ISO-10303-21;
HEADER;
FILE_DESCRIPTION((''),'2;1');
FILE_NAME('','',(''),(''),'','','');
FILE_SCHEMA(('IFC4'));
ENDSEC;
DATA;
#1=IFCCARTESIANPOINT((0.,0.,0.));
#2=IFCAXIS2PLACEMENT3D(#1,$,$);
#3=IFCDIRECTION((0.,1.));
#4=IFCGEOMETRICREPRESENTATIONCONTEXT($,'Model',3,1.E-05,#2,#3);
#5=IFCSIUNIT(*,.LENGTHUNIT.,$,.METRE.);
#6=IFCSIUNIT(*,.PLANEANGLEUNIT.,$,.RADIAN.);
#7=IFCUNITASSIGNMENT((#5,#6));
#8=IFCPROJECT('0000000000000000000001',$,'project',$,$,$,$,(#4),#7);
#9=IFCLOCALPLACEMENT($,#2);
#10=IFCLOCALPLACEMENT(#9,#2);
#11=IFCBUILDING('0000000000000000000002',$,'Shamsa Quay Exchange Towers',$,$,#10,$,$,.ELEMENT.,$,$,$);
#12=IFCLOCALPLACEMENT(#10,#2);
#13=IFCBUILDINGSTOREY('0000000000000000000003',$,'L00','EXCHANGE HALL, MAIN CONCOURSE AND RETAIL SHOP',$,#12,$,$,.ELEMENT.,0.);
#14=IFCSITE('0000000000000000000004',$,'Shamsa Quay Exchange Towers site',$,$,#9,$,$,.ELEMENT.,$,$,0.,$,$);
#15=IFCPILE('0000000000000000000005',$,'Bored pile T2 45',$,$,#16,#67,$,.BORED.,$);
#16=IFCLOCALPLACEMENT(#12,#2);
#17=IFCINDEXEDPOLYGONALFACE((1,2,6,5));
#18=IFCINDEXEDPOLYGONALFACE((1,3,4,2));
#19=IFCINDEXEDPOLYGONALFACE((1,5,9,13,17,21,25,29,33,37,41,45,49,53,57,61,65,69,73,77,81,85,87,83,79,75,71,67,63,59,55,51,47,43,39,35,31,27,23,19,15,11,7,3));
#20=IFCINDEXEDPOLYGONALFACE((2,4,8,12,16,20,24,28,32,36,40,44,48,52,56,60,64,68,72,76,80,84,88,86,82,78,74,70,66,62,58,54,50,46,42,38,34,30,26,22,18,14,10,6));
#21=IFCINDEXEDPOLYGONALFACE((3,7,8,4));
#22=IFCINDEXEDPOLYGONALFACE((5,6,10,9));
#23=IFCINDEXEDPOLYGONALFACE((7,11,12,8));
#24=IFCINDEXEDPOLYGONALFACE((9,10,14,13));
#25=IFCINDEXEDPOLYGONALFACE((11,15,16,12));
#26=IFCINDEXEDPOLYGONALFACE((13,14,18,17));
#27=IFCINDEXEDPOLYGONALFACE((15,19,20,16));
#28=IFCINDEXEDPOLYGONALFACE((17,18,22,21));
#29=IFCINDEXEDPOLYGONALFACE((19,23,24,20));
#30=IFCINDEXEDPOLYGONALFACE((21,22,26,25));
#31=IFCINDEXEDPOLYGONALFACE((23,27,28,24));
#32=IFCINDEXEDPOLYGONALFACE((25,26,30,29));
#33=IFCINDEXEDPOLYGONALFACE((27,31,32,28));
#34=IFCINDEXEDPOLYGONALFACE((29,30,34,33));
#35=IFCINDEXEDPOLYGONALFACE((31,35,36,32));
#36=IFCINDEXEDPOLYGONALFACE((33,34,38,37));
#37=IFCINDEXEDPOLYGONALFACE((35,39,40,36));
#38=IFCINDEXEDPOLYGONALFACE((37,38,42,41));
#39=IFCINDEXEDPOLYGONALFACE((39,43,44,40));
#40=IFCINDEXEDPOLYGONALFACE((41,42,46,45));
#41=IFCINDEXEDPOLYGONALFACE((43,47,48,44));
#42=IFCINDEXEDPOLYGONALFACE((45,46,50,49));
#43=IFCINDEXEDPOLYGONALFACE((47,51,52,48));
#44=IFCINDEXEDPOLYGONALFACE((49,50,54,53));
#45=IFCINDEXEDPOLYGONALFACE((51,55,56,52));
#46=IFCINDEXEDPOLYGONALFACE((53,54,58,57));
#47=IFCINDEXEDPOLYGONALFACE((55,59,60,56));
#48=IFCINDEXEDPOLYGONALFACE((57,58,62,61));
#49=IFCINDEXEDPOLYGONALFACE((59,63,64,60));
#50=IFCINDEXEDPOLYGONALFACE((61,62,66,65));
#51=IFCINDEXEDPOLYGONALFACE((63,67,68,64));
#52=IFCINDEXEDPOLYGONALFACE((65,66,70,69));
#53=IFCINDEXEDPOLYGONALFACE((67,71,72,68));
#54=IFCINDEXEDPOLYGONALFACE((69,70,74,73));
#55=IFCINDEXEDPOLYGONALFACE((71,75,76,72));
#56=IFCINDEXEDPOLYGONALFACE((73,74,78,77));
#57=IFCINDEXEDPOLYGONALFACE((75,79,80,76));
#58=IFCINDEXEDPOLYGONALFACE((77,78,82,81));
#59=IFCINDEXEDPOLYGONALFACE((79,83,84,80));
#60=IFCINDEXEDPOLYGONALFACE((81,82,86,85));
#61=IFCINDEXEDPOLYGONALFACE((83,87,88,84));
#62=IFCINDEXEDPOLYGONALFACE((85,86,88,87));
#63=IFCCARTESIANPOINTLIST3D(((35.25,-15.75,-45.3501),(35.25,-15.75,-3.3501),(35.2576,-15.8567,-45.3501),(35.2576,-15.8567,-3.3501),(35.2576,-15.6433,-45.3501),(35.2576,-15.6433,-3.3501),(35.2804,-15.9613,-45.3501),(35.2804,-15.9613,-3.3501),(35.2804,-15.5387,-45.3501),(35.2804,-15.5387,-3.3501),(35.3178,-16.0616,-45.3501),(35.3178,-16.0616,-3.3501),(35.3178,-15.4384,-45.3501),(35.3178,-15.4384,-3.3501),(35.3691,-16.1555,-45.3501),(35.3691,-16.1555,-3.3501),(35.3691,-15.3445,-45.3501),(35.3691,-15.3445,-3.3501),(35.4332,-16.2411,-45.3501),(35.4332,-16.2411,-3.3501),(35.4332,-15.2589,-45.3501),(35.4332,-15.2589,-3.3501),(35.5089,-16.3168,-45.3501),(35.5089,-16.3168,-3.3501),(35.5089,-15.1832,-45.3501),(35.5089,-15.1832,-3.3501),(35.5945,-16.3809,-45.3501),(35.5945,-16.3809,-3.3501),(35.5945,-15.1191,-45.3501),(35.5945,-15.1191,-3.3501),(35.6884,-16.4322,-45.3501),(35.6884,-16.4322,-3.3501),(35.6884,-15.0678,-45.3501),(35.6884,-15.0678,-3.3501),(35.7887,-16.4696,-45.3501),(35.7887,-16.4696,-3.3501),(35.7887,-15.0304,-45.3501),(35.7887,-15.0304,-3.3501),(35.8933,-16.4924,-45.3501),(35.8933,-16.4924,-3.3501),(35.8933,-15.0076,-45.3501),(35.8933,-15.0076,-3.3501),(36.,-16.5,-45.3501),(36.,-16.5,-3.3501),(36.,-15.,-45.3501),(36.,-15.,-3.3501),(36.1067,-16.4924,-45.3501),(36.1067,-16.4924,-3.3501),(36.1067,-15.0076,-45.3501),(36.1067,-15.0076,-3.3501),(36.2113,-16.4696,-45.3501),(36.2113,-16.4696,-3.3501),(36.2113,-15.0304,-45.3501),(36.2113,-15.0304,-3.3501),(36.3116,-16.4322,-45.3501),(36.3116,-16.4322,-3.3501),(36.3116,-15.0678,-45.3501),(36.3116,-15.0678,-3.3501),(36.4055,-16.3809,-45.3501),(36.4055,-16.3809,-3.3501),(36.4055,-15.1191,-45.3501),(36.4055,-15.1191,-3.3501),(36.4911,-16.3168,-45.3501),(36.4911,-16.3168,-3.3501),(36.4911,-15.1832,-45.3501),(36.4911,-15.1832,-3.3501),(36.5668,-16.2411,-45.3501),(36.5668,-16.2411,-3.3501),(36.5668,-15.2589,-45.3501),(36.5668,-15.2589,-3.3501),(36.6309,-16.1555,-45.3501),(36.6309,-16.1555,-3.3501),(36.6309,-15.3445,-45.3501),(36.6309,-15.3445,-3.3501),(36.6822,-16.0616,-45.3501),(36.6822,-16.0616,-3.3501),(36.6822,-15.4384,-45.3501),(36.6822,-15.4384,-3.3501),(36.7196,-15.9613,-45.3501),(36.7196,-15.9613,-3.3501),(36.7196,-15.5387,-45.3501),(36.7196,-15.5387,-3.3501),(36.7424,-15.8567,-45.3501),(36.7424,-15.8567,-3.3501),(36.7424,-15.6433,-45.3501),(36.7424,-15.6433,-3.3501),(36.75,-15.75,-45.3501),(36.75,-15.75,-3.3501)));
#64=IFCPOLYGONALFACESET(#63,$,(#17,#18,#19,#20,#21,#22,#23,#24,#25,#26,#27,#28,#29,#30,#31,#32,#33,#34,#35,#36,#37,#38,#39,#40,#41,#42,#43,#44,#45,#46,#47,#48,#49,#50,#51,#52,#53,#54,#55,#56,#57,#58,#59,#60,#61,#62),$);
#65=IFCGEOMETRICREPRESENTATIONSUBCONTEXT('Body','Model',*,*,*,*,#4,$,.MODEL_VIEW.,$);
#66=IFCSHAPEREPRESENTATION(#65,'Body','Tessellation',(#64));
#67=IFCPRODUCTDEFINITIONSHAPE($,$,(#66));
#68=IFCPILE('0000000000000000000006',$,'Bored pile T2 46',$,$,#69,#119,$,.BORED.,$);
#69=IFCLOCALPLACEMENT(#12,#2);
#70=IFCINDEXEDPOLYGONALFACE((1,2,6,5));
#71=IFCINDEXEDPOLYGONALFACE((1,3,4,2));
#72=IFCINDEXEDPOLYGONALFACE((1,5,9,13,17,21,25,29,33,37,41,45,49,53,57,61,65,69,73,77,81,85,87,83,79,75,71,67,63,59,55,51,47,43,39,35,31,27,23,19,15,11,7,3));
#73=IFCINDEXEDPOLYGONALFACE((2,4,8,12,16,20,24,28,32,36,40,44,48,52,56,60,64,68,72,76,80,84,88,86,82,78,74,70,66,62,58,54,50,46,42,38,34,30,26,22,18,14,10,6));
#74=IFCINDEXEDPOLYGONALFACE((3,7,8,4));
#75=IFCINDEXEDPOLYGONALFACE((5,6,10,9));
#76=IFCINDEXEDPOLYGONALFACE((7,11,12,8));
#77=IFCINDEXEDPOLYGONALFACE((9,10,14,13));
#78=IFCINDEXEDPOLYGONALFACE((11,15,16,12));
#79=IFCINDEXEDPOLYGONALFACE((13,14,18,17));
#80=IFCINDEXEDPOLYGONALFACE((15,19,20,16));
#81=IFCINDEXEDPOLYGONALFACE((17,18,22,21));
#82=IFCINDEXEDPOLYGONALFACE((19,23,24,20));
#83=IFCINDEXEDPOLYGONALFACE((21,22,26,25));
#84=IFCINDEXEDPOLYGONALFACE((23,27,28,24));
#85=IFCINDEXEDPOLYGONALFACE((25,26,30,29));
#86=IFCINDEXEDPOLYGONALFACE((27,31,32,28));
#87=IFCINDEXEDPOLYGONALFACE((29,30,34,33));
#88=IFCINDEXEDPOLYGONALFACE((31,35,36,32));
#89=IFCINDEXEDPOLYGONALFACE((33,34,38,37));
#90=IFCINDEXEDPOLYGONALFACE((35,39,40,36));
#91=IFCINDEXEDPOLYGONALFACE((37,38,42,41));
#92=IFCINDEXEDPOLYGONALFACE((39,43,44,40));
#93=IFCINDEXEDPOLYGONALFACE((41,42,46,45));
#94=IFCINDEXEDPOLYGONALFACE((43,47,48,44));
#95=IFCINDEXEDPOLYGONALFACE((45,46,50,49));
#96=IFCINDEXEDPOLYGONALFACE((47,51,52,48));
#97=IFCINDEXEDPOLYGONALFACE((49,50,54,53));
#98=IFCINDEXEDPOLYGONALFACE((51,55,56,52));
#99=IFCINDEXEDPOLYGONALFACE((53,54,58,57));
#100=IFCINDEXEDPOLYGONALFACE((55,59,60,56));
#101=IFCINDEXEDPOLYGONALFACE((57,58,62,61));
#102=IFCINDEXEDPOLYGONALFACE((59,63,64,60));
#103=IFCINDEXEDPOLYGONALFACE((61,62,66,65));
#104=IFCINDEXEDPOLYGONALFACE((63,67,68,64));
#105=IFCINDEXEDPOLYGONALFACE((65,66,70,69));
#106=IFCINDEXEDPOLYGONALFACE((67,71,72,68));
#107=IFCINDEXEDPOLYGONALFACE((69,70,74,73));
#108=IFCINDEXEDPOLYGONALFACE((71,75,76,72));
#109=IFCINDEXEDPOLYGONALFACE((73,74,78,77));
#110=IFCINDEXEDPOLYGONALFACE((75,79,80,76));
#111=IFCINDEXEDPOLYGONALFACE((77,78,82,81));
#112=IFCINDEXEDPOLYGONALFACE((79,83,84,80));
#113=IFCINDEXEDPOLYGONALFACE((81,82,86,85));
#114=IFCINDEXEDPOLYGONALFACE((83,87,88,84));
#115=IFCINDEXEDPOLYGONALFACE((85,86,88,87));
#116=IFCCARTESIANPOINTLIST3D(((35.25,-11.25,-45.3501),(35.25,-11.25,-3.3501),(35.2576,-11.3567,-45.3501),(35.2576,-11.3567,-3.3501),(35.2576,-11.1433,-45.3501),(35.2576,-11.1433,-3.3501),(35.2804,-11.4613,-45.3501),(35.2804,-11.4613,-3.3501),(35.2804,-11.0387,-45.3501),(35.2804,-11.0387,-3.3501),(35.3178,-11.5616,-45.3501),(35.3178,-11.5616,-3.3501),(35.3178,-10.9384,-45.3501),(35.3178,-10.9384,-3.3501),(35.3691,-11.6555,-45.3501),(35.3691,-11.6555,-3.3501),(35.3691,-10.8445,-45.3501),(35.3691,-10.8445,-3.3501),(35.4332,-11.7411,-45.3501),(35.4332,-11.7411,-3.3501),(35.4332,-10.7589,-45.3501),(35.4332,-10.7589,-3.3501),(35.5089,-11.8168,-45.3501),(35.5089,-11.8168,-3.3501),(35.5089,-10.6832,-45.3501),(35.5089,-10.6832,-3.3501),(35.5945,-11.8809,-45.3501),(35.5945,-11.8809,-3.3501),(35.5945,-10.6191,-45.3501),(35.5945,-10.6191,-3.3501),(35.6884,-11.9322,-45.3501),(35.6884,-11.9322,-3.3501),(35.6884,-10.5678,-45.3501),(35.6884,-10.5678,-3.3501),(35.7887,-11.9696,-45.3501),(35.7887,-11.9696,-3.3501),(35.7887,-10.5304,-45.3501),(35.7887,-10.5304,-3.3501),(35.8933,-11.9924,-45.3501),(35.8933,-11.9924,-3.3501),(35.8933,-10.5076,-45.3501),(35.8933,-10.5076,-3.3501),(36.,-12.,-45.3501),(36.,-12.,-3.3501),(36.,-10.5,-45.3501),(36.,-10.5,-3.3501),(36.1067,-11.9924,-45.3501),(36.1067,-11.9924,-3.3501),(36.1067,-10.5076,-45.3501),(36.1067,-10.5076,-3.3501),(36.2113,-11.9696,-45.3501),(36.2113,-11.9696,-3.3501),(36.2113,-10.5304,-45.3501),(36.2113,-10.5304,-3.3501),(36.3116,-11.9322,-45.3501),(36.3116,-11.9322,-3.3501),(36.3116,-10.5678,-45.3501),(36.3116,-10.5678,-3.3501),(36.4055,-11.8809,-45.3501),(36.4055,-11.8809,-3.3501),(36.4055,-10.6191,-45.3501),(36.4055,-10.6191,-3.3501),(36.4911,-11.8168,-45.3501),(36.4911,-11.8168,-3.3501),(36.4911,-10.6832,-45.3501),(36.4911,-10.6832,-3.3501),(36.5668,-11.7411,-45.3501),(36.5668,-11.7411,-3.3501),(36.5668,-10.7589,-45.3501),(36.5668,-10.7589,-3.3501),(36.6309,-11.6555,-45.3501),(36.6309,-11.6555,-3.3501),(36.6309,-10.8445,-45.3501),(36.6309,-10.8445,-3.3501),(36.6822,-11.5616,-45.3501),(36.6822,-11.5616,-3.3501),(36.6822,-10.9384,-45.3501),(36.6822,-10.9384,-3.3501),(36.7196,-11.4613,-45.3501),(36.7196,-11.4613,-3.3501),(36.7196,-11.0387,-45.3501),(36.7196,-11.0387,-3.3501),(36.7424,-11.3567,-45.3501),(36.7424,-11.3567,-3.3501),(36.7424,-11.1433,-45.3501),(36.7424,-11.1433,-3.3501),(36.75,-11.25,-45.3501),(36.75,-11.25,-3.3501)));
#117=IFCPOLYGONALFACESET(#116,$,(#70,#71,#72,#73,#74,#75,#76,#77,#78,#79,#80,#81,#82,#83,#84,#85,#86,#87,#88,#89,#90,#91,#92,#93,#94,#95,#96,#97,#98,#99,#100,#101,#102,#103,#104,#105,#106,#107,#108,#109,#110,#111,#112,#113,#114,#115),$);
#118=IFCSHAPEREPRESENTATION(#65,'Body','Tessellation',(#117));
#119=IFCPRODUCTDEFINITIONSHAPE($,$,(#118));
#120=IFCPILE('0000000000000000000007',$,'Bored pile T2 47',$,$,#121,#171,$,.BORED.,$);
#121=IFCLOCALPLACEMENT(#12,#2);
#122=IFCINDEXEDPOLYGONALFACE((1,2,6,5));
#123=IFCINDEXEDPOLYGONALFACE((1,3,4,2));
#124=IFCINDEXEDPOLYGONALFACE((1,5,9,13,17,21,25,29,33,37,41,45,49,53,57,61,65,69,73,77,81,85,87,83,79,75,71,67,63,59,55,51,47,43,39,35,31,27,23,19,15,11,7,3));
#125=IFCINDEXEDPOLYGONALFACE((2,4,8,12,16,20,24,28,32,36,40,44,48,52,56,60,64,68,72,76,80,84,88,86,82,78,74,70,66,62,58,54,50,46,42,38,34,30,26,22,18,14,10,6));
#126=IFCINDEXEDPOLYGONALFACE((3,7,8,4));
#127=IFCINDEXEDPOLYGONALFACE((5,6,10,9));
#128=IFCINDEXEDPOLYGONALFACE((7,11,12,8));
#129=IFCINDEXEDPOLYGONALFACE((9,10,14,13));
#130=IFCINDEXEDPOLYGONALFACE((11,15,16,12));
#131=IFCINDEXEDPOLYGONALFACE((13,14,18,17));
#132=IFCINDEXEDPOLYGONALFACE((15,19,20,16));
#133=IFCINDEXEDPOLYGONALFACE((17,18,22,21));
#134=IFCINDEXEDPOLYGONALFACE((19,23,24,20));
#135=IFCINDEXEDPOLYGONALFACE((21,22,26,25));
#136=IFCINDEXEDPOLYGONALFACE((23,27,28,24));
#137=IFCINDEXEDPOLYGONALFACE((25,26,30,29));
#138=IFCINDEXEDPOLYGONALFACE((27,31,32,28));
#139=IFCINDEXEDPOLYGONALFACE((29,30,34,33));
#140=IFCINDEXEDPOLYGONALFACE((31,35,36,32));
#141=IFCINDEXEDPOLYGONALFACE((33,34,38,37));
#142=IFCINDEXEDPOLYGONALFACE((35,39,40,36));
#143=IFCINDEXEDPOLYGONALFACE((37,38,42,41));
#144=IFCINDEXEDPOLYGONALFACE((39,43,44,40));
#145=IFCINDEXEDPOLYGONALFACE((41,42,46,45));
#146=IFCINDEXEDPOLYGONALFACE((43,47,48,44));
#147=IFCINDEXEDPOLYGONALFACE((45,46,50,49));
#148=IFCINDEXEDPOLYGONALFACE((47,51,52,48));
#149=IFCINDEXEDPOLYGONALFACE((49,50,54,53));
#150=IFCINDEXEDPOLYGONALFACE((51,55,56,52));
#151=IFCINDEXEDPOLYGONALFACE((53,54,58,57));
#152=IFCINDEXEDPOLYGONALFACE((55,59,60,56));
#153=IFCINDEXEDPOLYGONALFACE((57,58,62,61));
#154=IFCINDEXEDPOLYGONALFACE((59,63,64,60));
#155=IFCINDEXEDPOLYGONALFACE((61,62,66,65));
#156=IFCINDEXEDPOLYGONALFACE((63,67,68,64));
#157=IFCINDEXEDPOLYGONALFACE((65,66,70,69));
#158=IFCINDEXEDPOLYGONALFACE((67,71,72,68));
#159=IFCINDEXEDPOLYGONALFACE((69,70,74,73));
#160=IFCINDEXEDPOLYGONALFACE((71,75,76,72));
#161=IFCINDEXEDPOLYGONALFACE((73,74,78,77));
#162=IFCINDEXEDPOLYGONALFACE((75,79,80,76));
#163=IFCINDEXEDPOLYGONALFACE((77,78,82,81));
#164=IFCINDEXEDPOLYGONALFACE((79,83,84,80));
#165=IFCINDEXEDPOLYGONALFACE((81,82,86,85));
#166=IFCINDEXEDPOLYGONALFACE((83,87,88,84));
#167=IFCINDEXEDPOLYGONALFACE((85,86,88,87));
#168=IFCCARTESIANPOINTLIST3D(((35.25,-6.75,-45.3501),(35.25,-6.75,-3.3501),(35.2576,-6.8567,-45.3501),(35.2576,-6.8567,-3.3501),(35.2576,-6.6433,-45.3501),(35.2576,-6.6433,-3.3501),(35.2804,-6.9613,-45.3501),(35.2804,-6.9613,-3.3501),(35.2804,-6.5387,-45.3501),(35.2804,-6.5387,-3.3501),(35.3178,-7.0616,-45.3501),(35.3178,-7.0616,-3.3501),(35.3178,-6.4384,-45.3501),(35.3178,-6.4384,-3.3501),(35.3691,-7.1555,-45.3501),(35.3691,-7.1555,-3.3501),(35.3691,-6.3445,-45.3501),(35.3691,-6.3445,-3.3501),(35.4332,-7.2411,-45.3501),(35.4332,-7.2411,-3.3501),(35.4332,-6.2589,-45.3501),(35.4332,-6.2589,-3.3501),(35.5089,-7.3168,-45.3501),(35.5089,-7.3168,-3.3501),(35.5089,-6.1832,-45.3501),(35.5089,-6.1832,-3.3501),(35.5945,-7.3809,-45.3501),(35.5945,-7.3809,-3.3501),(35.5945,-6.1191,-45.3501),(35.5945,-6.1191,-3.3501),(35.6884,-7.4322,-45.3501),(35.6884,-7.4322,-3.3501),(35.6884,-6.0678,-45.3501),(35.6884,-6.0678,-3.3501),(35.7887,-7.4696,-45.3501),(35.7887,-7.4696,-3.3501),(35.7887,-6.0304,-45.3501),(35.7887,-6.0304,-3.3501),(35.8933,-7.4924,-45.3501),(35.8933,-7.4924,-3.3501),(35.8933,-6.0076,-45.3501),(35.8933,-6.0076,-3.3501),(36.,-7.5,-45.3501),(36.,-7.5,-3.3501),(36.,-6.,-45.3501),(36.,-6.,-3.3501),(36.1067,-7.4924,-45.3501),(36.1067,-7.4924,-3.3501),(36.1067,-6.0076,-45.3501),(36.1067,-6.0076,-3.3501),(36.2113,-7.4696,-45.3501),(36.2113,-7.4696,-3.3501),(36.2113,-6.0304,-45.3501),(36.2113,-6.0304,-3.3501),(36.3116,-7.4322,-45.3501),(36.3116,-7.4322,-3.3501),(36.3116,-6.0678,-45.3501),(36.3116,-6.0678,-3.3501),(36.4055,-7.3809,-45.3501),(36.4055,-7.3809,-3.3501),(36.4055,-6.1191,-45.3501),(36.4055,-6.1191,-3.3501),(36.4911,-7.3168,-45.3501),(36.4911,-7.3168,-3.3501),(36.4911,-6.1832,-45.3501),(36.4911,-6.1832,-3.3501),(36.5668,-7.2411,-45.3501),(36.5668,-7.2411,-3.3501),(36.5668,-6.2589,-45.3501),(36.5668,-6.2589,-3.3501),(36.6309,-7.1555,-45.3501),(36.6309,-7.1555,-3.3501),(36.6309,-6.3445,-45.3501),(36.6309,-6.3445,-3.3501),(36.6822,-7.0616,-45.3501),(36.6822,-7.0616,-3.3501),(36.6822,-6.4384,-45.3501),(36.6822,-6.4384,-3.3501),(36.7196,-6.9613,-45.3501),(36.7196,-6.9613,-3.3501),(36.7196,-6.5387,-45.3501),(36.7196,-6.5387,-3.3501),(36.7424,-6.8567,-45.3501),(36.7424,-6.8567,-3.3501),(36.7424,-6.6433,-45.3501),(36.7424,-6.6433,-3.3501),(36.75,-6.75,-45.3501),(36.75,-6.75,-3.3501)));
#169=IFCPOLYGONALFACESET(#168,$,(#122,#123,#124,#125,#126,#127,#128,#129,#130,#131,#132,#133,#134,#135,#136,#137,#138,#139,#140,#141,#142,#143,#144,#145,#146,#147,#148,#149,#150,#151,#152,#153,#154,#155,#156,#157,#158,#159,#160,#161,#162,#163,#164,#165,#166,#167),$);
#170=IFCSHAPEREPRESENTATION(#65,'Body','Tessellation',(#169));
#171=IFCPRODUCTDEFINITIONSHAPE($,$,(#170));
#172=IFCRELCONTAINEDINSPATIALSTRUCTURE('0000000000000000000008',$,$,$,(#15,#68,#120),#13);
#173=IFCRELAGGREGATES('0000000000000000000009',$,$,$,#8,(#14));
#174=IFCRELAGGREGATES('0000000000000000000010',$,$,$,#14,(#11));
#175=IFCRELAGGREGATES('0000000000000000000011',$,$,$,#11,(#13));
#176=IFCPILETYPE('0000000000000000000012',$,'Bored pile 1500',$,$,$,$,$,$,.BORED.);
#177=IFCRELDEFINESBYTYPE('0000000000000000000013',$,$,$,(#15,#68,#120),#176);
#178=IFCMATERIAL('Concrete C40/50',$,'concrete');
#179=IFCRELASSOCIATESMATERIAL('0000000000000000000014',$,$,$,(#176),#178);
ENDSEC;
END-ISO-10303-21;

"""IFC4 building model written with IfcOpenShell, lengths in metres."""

from ifc_helpers import new_model, si_unit, direction, frame, origin, origin_2d, place, context, subcontext, project, spatial, circle, extrude, material, material_profile, profile_set, type_object, element, save


model = new_model("IFC4")

# Units and contexts
model_context = context("Model", 3, precision=1e-05, world=origin(), true_north=direction((0.0, 1.0)))
body_context = subcontext(model_context, "Body", "Model", "MODEL_VIEW")
ifc_project = project(units=[si_unit("LENGTHUNIT", "METRE"), si_unit("PLANEANGLEUNIT", "RADIAN")], contexts=[model_context])

# Site, building, storey
site_placement = place(None, origin())
site = spatial("IfcSite", under=ifc_project, at=site_placement, Name="Shamsa Quay Exchange Towers site", CompositionType="ELEMENT", RefElevation=0.0)
building_placement = place(site_placement, origin())
building = spatial("IfcBuilding", under=site, at=building_placement, Name="Shamsa Quay Exchange Towers", CompositionType="ELEMENT")
storey_placement = place(building_placement, origin())
storey = spatial("IfcBuildingStorey", under=building, at=storey_placement, Name="L00", Description="EXCHANGE HALL, MAIN CONCOURSE AND RETAIL SHOP", CompositionType="ELEMENT", Elevation=0.0)

# Piles
ifc_material_1 = material(Name="Concrete C40/50", Category="concrete")
ifc_material_profile_1 = material_profile(ifc_material_1, circle(Radius=0.75, at=origin_2d()), Name="BP1500")
ifc_profile_set_1 = profile_set([ifc_material_profile_1], Name="Concrete C40/50")
pile_type_1 = type_object("IfcPileType", Name="Bored pile 1500", PredefinedType="BORED", material=ifc_profile_set_1)
for number, where, z_axis, x_axis, name in (
    (1, (36.0, -15.75, -3.3501), (0.0, 0.0, -1.0), (1.0, 0.0, 0.0), "Bored pile T2 45"),
    (2, (36.0, -11.25, -3.3501), (0.0, 0.0, -1.0), (1.0, 0.0, 0.0), "Bored pile T2 46"),
    (3, (36.0, -6.75, -3.3501), (0.0, 0.0, -1.0), (1.0, 0.0, 0.0), "Bored pile T2 47"),
):
    element("IfcPile", number, at=place(storey_placement, frame(where, z_axis=z_axis, x_axis=x_axis)), inside=storey, type_object=pile_type_1, Name=name, PredefinedType="BORED", context=body_context, shape_type="SweptSolid", body=[
        extrude(circle(Radius=0.75, at=origin_2d()), origin(), (0.0, 0.0, 1.0), 42.0),
    ])

save(model, "model.ifc")
